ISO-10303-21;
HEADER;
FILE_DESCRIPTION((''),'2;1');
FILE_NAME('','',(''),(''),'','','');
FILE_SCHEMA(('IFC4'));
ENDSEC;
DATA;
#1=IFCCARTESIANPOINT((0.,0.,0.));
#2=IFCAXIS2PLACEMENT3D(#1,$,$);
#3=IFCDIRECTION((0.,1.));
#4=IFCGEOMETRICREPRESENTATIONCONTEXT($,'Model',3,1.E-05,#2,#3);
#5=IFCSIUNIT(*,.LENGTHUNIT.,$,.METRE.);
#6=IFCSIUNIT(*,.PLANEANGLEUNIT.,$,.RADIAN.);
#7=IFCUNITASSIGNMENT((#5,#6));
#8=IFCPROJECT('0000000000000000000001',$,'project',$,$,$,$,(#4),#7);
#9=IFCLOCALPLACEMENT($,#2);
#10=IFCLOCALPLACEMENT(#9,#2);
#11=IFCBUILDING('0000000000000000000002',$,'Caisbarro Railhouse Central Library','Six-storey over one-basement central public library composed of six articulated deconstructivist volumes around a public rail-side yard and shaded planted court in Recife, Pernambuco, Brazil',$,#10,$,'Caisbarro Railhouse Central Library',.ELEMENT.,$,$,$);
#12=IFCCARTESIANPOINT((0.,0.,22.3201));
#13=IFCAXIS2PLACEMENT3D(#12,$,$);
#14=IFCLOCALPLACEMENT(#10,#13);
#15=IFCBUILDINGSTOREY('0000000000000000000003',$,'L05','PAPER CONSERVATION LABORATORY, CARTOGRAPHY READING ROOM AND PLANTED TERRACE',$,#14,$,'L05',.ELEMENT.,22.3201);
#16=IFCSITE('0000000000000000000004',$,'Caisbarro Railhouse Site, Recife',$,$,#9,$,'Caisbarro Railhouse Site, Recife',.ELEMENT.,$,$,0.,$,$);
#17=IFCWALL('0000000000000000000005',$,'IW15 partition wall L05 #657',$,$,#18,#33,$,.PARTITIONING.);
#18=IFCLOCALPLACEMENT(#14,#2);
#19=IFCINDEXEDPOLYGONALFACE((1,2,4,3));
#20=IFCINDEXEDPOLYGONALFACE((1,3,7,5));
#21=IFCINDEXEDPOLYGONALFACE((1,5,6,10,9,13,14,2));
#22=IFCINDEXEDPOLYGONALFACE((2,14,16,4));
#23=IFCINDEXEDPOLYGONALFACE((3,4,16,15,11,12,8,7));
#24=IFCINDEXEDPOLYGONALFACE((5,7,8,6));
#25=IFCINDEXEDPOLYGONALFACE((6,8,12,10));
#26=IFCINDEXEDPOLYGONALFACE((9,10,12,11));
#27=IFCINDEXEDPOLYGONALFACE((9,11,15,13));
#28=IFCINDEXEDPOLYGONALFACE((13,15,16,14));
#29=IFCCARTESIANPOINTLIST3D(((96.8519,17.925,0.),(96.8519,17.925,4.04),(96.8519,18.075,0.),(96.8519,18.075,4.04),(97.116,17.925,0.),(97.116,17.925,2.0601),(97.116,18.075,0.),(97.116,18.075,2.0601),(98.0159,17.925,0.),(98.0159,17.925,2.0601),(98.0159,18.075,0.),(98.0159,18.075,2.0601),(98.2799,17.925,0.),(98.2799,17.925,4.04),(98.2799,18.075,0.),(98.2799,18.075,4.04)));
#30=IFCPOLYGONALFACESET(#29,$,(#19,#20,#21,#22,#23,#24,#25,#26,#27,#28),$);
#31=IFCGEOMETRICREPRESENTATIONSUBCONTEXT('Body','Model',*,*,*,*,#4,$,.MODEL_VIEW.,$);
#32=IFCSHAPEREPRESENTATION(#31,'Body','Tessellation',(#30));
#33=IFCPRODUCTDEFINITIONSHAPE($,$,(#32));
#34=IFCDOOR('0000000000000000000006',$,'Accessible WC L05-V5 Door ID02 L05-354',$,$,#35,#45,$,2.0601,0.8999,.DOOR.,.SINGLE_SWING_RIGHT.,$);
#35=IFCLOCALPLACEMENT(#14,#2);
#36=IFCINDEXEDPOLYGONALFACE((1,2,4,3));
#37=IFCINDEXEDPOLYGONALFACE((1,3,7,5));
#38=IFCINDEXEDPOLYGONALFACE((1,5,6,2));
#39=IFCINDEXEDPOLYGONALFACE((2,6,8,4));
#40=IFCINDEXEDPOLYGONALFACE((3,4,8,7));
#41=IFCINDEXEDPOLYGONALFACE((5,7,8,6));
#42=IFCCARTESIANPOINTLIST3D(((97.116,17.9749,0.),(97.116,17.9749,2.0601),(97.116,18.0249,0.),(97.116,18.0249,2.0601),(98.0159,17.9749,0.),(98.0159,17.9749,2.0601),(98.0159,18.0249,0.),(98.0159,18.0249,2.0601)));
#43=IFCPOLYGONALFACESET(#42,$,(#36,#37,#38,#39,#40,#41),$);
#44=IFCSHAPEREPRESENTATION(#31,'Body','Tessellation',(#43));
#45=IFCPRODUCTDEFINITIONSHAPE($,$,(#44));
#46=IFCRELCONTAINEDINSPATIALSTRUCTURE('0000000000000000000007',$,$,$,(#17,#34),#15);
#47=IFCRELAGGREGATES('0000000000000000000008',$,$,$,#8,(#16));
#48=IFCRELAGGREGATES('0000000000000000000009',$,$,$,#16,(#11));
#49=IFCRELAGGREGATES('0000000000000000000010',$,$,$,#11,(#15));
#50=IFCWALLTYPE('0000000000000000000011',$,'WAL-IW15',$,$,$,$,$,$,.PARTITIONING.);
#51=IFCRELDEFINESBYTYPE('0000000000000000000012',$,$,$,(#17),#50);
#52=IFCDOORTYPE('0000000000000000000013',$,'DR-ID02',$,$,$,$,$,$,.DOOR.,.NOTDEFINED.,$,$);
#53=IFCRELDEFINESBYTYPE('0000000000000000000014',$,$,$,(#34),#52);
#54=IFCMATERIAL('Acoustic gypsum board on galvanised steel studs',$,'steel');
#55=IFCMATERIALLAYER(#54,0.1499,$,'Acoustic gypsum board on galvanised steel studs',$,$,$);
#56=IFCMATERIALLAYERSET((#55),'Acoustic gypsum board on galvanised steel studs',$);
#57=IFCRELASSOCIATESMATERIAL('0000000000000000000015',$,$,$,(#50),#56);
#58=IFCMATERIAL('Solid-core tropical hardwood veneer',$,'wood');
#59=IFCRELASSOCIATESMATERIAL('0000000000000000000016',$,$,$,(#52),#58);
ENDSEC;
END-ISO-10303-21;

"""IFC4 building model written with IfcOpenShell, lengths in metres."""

from ifc_helpers import new_model, si_unit, direction, frame, frame_2d, origin, place, context, subcontext, project, spatial, rectangle, extrude, material, layer, layer_set, type_object, element, fill, save


model = new_model("IFC4")

# Units and contexts
model_context = context("Model", 3, precision=1e-05, world=origin(), true_north=direction((0.0, 1.0)))
body_context = subcontext(model_context, "Body", "Model", "MODEL_VIEW")
ifc_project = project(units=[si_unit("LENGTHUNIT", "METRE"), si_unit("PLANEANGLEUNIT", "RADIAN")], contexts=[model_context])

# Site, building, storey
site_placement = place(None, origin())
site = spatial("IfcSite", under=ifc_project, at=site_placement, Name="Caisbarro Railhouse Site, Recife", LongName="Caisbarro Railhouse Site, Recife", CompositionType="ELEMENT", RefElevation=0.0)
building_placement = place(site_placement, origin())
building = spatial("IfcBuilding", under=site, at=building_placement, Name="Caisbarro Railhouse Central Library", Description="Six-storey over one-basement central public library composed of six articulated deconstructivist volumes around a public rail-side yard and shaded planted court in Recife, Pernambuco, Brazil", LongName="Caisbarro Railhouse Central Library", CompositionType="ELEMENT")
storey_placement = place(building_placement, frame((0.0, 0.0, 22.3201)))
storey = spatial("IfcBuildingStorey", under=building, at=storey_placement, Name="L05", Description="PAPER CONSERVATION LABORATORY, CARTOGRAPHY READING ROOM AND PLANTED TERRACE", LongName="L05", CompositionType="ELEMENT", Elevation=22.3201)

# Shared definitions
ifc_material_1 = material(Name="Acoustic gypsum board on galvanised steel studs", Category="steel")

# Wall, opening, door
ifc_layer_1 = layer(ifc_material_1, 0.1499, Name="Acoustic gypsum board on galvanised steel studs")
ifc_layer_set_1 = layer_set([ifc_layer_1], Name="Acoustic gypsum board on galvanised steel studs")
wall_type_1 = type_object("IfcWallType", Name="WAL-IW15", PredefinedType="PARTITIONING", material=ifc_layer_set_1)
wall_1_placement = place(storey_placement, frame((96.8521, 18.0, 0.0), z_axis=(0.0, 0.0, 1.0), x_axis=(1.0, 0.0, 0.0)))
wall_1 = element("IfcWall", 1, at=wall_1_placement, inside=storey, type_object=wall_type_1, Name="IW15 partition wall L05 #657", PredefinedType="PARTITIONING", context=body_context, shape_type="SweptSolid", body=[
    extrude(rectangle(XDim=1.428, YDim=0.1499, at=frame_2d((0.7139, 0.0))), origin(), (0.0, 0.0, 1.0), 4.04),
])
opening_1_placement = place(wall_1_placement, frame((0.2639, 0.0, 0.0)))
opening_1 = element("IfcOpeningElement", 2, at=opening_1_placement, cuts=wall_1, PredefinedType="OPENING", context=body_context, shape_type="SweptSolid", body=[
    extrude(rectangle(XDim=0.8999, YDim=2.0601, at=frame_2d((0.45, 1.03))), frame((0.0, 0.085, 0.0), z_axis=(0.0, -1.0, 0.0), x_axis=(1.0, 0.0, 0.0)), (0.0, 0.0, 1.0), 0.1699),
])
ifc_material_2 = material(Name="Solid-core tropical hardwood veneer", Category="wood")
door_type_1 = type_object("IfcDoorType", Name="DR-ID02", OperationType="NOTDEFINED", PredefinedType="DOOR", material=ifc_material_2)
door_1_placement = place(opening_1_placement, origin())
door_1 = element("IfcDoor", 3, at=door_1_placement, inside=storey, type_object=door_type_1, Name="Accessible WC L05-V5 Door ID02 L05-354", OperationType="SINGLE_SWING_RIGHT", OverallHeight=2.0601, OverallWidth=0.8999, PredefinedType="DOOR", context=body_context, shape_type="SweptSolid", body=[
    extrude(rectangle(XDim=0.8999, YDim=2.0601, at=frame_2d((0.45, 1.03))), frame((0.0, 0.0249, 0.0), z_axis=(0.0, -1.0, 0.0), x_axis=(1.0, 0.0, 0.0)), (0.0, 0.0, 1.0), 0.05),
])
fill(opening_1, door_1)

save(model, "model.ifc")
